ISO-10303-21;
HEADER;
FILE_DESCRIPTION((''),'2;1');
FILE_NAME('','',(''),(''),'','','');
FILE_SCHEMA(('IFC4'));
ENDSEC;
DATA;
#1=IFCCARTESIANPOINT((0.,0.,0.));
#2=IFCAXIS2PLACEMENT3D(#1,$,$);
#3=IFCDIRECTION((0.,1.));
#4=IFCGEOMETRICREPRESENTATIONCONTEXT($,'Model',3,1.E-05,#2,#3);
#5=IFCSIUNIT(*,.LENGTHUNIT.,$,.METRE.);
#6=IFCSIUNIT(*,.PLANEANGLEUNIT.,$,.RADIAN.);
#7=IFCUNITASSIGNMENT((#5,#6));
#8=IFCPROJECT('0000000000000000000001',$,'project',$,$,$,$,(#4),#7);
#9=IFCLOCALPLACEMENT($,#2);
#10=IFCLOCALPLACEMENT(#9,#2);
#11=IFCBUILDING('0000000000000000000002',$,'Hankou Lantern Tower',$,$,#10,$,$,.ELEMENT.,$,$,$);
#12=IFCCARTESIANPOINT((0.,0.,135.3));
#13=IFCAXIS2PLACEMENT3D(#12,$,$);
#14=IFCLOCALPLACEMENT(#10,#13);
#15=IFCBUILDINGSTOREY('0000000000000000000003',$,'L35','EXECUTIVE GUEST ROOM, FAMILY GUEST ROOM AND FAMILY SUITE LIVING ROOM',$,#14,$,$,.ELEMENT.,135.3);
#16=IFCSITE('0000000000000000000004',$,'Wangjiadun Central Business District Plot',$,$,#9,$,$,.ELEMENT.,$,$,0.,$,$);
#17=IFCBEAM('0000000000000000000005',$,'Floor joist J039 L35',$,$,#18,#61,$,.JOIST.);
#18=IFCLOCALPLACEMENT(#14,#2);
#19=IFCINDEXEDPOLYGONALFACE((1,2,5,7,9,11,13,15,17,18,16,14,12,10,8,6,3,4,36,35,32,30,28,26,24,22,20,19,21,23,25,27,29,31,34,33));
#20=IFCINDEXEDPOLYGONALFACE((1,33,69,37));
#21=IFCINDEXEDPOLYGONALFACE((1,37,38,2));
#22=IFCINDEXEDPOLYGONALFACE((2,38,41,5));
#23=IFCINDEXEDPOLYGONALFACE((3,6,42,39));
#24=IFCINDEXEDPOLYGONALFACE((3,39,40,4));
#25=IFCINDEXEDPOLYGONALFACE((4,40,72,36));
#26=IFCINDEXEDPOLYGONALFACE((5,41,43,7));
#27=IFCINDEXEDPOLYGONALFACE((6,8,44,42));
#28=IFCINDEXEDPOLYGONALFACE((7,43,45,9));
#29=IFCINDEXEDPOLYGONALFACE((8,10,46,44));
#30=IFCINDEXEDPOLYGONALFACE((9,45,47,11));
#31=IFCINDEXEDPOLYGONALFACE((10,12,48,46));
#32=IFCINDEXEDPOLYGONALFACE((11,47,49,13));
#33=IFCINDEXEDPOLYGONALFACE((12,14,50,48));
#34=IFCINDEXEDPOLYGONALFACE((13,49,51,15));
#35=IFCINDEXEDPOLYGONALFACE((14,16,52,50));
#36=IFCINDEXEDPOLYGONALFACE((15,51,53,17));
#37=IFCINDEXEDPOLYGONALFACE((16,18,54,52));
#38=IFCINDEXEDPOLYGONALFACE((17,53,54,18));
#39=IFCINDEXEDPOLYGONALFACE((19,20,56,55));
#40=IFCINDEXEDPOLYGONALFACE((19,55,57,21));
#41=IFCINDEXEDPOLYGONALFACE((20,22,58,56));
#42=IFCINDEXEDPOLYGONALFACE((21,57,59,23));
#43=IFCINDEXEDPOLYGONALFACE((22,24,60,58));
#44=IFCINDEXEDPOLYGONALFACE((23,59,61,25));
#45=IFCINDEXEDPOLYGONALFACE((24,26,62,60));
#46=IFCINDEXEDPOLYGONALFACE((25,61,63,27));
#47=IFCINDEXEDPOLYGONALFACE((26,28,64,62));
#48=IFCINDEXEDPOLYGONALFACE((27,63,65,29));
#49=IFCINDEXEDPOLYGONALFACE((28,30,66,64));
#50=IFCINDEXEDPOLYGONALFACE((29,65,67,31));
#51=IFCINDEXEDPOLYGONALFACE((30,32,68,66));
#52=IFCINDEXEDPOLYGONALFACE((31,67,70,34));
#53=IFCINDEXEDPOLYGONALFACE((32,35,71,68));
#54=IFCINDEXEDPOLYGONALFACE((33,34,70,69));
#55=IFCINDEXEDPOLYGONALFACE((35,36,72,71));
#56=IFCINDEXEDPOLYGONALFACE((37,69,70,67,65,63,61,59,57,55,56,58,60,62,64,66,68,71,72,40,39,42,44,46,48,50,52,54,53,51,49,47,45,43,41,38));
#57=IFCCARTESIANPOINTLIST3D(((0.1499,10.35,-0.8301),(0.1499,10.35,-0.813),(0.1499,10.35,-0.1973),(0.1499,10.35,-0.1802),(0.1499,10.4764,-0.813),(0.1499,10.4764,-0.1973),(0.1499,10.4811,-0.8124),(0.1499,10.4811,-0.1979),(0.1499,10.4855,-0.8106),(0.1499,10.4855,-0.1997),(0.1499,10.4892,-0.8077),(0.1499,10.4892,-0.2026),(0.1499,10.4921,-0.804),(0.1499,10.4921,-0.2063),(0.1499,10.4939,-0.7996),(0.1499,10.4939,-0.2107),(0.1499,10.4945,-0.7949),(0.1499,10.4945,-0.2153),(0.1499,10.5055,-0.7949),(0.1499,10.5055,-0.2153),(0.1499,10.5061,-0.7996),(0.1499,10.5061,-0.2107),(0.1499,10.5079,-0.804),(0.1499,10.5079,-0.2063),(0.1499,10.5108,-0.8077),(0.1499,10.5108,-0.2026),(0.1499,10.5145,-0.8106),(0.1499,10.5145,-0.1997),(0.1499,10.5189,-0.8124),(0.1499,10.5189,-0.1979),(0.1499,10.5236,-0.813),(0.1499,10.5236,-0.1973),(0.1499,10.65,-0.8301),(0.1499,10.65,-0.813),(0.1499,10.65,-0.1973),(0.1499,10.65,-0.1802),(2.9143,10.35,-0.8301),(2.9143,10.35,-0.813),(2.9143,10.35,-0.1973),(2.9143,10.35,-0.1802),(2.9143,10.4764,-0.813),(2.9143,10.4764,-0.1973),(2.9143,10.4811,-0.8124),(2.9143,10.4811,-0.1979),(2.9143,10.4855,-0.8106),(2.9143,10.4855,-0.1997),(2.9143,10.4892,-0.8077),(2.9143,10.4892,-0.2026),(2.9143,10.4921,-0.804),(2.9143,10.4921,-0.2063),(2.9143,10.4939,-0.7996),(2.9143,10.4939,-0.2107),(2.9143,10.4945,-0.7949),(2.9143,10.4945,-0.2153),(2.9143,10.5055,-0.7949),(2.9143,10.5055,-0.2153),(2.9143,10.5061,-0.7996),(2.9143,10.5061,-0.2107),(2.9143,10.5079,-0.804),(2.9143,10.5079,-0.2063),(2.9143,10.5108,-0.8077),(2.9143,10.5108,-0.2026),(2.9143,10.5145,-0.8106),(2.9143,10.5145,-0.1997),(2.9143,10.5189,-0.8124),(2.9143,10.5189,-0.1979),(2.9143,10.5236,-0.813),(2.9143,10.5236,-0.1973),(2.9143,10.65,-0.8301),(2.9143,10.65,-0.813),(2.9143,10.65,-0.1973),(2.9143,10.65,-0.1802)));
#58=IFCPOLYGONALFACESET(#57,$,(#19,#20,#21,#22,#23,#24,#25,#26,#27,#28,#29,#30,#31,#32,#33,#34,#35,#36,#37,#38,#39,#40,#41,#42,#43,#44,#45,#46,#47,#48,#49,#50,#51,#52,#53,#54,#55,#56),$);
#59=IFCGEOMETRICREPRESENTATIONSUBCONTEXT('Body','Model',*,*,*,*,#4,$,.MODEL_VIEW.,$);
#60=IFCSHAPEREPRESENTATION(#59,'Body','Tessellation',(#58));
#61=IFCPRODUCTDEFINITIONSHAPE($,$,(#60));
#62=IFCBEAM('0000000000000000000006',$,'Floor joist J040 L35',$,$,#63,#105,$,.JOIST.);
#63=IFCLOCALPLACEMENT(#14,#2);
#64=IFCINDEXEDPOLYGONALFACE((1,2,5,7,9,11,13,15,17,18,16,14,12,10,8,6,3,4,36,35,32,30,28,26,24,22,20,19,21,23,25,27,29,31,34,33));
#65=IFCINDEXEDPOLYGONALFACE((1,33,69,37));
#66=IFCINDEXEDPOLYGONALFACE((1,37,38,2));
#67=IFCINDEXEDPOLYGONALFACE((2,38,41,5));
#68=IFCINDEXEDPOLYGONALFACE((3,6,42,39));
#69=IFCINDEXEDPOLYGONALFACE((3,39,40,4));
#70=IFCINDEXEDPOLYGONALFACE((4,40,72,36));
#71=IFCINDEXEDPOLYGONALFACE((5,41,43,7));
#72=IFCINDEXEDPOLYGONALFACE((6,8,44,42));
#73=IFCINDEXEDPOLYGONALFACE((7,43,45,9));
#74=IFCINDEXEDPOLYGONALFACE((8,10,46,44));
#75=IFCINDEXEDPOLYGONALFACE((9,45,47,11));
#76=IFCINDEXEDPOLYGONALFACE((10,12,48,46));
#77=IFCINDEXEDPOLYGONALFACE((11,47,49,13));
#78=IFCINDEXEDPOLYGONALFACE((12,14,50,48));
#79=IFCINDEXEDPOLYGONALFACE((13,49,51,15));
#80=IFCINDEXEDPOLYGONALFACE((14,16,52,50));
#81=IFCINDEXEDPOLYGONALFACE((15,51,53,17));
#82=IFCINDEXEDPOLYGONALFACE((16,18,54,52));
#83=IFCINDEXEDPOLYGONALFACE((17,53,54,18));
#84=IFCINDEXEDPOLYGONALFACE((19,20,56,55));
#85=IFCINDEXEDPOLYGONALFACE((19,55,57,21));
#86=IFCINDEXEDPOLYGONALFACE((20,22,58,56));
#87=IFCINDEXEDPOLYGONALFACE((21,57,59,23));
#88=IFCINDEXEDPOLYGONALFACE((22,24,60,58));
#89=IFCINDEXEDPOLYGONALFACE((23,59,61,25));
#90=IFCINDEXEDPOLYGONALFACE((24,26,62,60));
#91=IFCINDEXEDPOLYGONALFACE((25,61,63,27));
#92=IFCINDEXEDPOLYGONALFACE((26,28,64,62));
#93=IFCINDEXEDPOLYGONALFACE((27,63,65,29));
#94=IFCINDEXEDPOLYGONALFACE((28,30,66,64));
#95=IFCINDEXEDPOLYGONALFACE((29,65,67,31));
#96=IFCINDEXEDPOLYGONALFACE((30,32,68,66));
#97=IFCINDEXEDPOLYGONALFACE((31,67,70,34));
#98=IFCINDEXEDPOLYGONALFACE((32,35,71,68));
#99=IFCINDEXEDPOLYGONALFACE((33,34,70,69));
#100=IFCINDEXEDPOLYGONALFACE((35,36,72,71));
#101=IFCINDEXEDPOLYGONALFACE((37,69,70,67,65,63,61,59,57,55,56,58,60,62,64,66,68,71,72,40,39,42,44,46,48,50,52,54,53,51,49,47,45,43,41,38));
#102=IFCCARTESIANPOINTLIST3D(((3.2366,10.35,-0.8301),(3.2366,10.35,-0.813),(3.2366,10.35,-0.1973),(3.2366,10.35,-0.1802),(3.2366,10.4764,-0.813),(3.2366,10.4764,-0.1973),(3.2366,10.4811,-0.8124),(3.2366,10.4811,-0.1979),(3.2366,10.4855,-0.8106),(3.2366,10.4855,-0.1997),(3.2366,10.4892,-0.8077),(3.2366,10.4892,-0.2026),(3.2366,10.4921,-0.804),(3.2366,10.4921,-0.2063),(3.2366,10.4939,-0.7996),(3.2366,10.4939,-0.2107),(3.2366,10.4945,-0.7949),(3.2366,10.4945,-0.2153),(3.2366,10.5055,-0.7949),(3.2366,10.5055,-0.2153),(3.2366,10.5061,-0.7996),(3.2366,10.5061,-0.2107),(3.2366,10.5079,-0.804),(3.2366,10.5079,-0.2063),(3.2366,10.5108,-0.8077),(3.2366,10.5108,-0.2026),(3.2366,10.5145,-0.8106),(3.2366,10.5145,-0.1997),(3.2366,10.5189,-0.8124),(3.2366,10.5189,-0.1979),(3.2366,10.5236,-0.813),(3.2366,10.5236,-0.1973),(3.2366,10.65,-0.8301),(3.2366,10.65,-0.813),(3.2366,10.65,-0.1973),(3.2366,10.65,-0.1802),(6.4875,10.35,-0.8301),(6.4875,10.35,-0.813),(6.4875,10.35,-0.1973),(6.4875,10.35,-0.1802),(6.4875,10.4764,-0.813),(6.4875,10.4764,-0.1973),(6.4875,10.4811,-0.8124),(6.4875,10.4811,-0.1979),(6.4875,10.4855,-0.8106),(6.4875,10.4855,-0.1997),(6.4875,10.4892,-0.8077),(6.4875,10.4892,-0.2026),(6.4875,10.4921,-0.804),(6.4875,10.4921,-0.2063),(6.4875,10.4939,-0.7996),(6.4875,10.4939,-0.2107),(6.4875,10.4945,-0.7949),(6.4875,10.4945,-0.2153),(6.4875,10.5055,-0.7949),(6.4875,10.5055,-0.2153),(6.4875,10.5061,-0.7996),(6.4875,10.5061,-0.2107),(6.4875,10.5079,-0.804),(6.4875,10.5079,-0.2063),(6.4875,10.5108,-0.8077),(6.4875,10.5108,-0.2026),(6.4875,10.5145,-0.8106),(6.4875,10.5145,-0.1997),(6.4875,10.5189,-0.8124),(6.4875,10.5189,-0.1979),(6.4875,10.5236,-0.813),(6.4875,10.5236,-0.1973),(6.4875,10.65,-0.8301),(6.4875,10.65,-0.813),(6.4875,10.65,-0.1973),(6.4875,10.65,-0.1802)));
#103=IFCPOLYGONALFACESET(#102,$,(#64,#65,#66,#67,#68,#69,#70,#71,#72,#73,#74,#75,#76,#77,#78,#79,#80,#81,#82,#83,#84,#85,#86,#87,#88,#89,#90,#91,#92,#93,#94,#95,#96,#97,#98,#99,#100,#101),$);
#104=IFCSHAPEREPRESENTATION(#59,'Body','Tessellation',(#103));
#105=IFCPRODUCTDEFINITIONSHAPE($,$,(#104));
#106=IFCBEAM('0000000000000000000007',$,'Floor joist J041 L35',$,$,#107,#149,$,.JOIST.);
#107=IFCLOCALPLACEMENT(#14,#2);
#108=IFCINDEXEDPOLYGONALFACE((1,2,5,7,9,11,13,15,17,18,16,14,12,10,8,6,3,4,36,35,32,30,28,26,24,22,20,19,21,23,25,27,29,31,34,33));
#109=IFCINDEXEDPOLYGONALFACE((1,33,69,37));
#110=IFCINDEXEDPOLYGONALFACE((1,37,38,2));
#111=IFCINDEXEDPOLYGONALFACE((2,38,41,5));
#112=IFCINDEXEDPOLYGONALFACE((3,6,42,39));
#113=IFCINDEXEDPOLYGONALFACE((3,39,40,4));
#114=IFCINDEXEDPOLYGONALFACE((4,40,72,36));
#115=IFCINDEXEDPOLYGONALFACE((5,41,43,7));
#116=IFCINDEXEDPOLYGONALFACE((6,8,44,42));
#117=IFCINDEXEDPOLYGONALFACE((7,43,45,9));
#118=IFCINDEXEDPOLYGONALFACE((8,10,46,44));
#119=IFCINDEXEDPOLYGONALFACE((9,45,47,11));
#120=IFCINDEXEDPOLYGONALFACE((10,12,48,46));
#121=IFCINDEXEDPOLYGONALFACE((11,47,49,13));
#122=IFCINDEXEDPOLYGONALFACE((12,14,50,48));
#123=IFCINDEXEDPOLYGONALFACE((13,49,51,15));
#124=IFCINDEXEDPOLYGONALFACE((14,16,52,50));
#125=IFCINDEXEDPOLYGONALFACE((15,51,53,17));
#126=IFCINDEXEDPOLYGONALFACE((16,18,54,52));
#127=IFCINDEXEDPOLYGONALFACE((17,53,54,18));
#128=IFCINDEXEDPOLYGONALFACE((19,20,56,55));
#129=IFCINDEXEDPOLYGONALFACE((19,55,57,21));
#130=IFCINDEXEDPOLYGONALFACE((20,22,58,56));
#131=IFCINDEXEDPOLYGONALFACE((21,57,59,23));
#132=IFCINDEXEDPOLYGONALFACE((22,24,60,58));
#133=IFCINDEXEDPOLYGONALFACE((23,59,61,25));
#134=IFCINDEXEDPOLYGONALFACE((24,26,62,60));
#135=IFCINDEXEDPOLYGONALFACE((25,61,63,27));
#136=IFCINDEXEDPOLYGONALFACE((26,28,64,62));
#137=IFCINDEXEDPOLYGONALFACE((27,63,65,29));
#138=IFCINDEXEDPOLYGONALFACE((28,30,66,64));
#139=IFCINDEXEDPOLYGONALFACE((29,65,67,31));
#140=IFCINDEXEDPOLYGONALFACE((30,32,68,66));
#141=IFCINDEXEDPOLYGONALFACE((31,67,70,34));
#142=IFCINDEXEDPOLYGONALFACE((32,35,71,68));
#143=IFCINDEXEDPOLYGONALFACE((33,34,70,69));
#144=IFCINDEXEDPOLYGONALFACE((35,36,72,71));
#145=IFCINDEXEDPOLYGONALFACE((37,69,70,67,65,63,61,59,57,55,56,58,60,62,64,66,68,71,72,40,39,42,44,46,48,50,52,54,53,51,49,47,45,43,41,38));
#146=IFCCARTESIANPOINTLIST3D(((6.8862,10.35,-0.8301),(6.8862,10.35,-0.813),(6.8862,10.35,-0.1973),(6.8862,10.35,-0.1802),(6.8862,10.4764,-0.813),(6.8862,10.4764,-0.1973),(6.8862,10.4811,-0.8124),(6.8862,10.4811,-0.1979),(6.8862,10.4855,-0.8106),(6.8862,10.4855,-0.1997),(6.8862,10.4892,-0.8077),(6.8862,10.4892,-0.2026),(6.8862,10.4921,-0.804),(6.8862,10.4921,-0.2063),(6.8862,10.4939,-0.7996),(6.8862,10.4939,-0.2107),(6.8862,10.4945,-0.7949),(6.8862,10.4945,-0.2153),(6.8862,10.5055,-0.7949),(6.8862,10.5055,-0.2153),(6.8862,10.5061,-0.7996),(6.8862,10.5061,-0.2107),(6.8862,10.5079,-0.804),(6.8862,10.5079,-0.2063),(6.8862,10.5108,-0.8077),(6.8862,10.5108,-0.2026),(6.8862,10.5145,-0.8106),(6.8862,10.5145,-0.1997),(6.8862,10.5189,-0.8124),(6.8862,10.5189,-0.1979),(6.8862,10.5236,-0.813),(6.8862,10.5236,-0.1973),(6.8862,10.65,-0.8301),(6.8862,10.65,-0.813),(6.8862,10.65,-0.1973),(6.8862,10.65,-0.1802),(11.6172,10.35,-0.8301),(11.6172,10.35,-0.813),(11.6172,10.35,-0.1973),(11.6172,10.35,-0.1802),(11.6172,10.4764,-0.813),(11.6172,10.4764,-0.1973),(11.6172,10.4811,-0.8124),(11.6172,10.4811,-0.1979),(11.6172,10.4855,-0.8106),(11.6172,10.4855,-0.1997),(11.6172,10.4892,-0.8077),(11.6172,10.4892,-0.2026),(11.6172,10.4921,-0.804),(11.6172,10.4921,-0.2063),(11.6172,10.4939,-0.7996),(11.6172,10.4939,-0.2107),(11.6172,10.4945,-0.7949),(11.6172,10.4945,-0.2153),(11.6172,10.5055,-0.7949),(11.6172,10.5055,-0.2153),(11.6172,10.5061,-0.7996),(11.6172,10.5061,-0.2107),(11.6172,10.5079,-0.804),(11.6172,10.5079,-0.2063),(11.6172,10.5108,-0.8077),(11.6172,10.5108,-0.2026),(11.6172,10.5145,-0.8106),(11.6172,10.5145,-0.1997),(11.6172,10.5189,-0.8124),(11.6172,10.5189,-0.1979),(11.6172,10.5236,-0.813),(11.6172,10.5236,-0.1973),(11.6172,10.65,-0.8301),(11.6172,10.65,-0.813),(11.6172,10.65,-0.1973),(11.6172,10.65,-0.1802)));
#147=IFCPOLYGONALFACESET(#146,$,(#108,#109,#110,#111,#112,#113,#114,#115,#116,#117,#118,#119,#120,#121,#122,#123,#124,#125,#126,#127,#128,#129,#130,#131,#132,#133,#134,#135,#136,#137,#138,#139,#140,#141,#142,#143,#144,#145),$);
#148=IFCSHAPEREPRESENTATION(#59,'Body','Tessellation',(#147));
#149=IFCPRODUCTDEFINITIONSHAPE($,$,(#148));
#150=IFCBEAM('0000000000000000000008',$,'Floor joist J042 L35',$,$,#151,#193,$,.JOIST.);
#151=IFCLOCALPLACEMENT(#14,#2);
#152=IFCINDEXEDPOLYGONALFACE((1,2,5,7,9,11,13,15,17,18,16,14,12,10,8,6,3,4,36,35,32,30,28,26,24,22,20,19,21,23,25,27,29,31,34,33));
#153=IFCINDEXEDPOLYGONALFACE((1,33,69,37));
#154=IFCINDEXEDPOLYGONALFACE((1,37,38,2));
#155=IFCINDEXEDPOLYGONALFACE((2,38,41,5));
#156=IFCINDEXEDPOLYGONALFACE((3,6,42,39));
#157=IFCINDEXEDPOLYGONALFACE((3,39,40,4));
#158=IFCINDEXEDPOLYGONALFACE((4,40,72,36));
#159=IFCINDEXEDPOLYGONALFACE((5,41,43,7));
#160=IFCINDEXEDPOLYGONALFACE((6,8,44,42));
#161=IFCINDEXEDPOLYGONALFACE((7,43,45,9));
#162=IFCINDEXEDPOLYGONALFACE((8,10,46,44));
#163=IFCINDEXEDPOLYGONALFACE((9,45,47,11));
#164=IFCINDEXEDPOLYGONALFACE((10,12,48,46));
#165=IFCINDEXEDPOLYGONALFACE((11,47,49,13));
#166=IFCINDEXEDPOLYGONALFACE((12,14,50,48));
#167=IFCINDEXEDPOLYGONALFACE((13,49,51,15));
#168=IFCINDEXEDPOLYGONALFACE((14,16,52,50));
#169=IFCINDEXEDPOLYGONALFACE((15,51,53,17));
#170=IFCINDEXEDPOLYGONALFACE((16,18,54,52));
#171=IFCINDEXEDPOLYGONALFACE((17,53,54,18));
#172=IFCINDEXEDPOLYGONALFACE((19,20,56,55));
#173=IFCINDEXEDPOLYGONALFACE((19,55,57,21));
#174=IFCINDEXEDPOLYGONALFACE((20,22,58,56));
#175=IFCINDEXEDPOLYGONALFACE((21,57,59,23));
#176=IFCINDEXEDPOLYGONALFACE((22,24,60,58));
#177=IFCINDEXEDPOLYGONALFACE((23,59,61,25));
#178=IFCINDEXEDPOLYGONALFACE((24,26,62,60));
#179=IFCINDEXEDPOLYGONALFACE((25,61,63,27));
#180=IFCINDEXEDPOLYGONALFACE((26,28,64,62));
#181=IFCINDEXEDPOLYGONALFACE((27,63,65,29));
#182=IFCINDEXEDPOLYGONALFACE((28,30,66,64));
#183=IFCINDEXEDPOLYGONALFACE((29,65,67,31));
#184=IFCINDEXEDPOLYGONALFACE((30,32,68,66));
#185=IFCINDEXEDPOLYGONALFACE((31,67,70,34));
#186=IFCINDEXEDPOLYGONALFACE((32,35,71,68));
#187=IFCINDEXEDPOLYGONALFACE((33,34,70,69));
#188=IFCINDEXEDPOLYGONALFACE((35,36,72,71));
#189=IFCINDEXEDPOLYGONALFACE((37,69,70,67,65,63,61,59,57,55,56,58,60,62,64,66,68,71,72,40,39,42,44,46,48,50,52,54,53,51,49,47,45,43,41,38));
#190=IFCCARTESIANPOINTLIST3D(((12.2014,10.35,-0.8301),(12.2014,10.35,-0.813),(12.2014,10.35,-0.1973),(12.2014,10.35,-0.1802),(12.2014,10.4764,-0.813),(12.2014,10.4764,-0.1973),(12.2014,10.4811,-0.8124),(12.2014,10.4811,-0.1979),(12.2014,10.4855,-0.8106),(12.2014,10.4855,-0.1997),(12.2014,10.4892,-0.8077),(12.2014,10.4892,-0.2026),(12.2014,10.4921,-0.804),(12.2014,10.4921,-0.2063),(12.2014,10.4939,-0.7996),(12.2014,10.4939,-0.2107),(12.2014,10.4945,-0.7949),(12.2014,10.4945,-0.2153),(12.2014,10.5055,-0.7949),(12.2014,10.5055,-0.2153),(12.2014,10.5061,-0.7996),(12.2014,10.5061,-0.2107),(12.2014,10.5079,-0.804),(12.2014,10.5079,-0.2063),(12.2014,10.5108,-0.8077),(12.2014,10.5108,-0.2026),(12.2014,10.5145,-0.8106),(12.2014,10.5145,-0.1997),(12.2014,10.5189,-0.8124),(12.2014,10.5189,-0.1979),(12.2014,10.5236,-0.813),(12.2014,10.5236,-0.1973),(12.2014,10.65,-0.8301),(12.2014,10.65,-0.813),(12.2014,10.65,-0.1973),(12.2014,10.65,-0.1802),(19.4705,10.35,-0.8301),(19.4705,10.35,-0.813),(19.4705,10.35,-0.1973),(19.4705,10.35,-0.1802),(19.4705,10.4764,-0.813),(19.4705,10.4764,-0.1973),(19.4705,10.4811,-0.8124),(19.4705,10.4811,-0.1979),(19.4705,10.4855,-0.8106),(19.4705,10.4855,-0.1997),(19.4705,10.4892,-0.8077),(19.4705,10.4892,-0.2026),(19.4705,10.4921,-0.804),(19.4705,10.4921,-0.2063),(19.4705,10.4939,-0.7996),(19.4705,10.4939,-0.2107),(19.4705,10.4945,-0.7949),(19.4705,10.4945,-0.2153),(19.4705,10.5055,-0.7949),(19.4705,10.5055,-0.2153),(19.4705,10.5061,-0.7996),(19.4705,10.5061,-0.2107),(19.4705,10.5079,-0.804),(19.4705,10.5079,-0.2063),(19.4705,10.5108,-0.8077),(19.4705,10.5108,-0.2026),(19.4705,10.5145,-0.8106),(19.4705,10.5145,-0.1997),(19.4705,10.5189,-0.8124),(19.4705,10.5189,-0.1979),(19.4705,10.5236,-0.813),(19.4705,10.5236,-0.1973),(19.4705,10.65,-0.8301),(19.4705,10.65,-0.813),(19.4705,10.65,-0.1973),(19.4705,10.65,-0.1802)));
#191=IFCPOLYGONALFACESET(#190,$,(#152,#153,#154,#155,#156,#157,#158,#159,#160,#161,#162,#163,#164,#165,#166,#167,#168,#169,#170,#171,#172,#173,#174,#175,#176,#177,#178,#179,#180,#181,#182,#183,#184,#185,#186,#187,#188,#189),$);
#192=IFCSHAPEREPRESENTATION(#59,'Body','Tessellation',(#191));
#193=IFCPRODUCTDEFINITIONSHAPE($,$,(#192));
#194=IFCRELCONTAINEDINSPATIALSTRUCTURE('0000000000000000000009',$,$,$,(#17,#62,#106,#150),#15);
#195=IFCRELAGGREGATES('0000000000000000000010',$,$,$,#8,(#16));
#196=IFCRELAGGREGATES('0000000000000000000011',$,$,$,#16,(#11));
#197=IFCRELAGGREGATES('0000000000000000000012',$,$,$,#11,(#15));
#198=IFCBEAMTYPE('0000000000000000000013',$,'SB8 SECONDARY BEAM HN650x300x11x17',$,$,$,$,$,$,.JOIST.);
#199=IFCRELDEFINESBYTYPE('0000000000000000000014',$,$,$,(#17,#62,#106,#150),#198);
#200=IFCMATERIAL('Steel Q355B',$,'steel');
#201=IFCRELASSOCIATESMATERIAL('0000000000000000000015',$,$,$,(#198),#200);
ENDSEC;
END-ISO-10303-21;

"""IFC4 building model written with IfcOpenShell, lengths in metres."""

from ifc_helpers import new_model, si_unit, direction, frame, origin, origin_2d, place, context, subcontext, project, spatial, i_section, extrude, material, material_profile, profile_set, type_object, element, save


model = new_model("IFC4")

# Units and contexts
model_context = context("Model", 3, precision=1e-05, world=origin(), true_north=direction((0.0, 1.0)))
body_context = subcontext(model_context, "Body", "Model", "MODEL_VIEW")
ifc_project = project(units=[si_unit("LENGTHUNIT", "METRE"), si_unit("PLANEANGLEUNIT", "RADIAN")], contexts=[model_context])

# Site, building, storey
site_placement = place(None, origin())
site = spatial("IfcSite", under=ifc_project, at=site_placement, Name="Wangjiadun Central Business District Plot", CompositionType="ELEMENT", RefElevation=0.0)
building_placement = place(site_placement, origin())
building = spatial("IfcBuilding", under=site, at=building_placement, Name="Hankou Lantern Tower", CompositionType="ELEMENT")
storey_placement = place(building_placement, frame((0.0, 0.0, 135.3)))
storey = spatial("IfcBuildingStorey", under=building, at=storey_placement, Name="L35", Description="EXECUTIVE GUEST ROOM, FAMILY GUEST ROOM AND FAMILY SUITE LIVING ROOM", CompositionType="ELEMENT", Elevation=135.3)

# Beams
ifc_material_1 = material(Name="Steel Q355B", Category="steel")
ifc_material_profile_1 = material_profile(ifc_material_1, i_section(OverallWidth=0.3, OverallDepth=0.6499, WebThickness=0.011, FlangeThickness=0.0171, FilletRadius=0.0181, at=origin_2d()), Name="HN650x300x11x17")
ifc_profile_set_1 = profile_set([ifc_material_profile_1], Name="Steel Q355B")
beam_type_1 = type_object("IfcBeamType", Name="SB8 SECONDARY BEAM HN650x300x11x17", PredefinedType="JOIST", material=ifc_profile_set_1)
beam_1_placement = place(storey_placement, frame((0.1499, 10.5, -0.5051), z_axis=(1.0, 0.0, 0.0), x_axis=(0.0, 1.0, 0.0)))
element("IfcBeam", 1, at=beam_1_placement, inside=storey, type_object=beam_type_1, Name="Floor joist J039 L35", PredefinedType="JOIST", context=body_context, shape_type="SweptSolid", body=[
    extrude(i_section(OverallWidth=0.3, OverallDepth=0.6499, WebThickness=0.011, FlangeThickness=0.0171, FilletRadius=0.0181, at=origin_2d()), origin(), (0.0, 0.0, 1.0), 2.7644),
])
beam_2_placement = place(storey_placement, frame((3.2366, 10.5, -0.5051), z_axis=(1.0, 0.0, 0.0), x_axis=(0.0, 1.0, 0.0)))
element("IfcBeam", 2, at=beam_2_placement, inside=storey, type_object=beam_type_1, Name="Floor joist J040 L35", PredefinedType="JOIST", context=body_context, shape_type="SweptSolid", body=[
    extrude(i_section(OverallWidth=0.3, OverallDepth=0.6499, WebThickness=0.011, FlangeThickness=0.0171, FilletRadius=0.0181, at=origin_2d()), origin(), (0.0, 0.0, 1.0), 3.251),
])
beam_3_placement = place(storey_placement, frame((6.8862, 10.5, -0.5051), z_axis=(1.0, 0.0, 0.0), x_axis=(0.0, 1.0, 0.0)))
element("IfcBeam", 3, at=beam_3_placement, inside=storey, type_object=beam_type_1, Name="Floor joist J041 L35", PredefinedType="JOIST", context=body_context, shape_type="SweptSolid", body=[
    extrude(i_section(OverallWidth=0.3, OverallDepth=0.6499, WebThickness=0.011, FlangeThickness=0.0171, FilletRadius=0.0181, at=origin_2d()), origin(), (0.0, 0.0, 1.0), 4.731),
])
beam_4_placement = place(storey_placement, frame((12.2014, 10.5, -0.5051), z_axis=(1.0, 0.0, 0.0), x_axis=(0.0, 1.0, 0.0)))
element("IfcBeam", 4, at=beam_4_placement, inside=storey, type_object=beam_type_1, Name="Floor joist J042 L35", PredefinedType="JOIST", context=body_context, shape_type="SweptSolid", body=[
    extrude(i_section(OverallWidth=0.3, OverallDepth=0.6499, WebThickness=0.011, FlangeThickness=0.0171, FilletRadius=0.0181, at=origin_2d()), origin(), (0.0, 0.0, 1.0), 7.269),
])

save(model, "model.ifc")
